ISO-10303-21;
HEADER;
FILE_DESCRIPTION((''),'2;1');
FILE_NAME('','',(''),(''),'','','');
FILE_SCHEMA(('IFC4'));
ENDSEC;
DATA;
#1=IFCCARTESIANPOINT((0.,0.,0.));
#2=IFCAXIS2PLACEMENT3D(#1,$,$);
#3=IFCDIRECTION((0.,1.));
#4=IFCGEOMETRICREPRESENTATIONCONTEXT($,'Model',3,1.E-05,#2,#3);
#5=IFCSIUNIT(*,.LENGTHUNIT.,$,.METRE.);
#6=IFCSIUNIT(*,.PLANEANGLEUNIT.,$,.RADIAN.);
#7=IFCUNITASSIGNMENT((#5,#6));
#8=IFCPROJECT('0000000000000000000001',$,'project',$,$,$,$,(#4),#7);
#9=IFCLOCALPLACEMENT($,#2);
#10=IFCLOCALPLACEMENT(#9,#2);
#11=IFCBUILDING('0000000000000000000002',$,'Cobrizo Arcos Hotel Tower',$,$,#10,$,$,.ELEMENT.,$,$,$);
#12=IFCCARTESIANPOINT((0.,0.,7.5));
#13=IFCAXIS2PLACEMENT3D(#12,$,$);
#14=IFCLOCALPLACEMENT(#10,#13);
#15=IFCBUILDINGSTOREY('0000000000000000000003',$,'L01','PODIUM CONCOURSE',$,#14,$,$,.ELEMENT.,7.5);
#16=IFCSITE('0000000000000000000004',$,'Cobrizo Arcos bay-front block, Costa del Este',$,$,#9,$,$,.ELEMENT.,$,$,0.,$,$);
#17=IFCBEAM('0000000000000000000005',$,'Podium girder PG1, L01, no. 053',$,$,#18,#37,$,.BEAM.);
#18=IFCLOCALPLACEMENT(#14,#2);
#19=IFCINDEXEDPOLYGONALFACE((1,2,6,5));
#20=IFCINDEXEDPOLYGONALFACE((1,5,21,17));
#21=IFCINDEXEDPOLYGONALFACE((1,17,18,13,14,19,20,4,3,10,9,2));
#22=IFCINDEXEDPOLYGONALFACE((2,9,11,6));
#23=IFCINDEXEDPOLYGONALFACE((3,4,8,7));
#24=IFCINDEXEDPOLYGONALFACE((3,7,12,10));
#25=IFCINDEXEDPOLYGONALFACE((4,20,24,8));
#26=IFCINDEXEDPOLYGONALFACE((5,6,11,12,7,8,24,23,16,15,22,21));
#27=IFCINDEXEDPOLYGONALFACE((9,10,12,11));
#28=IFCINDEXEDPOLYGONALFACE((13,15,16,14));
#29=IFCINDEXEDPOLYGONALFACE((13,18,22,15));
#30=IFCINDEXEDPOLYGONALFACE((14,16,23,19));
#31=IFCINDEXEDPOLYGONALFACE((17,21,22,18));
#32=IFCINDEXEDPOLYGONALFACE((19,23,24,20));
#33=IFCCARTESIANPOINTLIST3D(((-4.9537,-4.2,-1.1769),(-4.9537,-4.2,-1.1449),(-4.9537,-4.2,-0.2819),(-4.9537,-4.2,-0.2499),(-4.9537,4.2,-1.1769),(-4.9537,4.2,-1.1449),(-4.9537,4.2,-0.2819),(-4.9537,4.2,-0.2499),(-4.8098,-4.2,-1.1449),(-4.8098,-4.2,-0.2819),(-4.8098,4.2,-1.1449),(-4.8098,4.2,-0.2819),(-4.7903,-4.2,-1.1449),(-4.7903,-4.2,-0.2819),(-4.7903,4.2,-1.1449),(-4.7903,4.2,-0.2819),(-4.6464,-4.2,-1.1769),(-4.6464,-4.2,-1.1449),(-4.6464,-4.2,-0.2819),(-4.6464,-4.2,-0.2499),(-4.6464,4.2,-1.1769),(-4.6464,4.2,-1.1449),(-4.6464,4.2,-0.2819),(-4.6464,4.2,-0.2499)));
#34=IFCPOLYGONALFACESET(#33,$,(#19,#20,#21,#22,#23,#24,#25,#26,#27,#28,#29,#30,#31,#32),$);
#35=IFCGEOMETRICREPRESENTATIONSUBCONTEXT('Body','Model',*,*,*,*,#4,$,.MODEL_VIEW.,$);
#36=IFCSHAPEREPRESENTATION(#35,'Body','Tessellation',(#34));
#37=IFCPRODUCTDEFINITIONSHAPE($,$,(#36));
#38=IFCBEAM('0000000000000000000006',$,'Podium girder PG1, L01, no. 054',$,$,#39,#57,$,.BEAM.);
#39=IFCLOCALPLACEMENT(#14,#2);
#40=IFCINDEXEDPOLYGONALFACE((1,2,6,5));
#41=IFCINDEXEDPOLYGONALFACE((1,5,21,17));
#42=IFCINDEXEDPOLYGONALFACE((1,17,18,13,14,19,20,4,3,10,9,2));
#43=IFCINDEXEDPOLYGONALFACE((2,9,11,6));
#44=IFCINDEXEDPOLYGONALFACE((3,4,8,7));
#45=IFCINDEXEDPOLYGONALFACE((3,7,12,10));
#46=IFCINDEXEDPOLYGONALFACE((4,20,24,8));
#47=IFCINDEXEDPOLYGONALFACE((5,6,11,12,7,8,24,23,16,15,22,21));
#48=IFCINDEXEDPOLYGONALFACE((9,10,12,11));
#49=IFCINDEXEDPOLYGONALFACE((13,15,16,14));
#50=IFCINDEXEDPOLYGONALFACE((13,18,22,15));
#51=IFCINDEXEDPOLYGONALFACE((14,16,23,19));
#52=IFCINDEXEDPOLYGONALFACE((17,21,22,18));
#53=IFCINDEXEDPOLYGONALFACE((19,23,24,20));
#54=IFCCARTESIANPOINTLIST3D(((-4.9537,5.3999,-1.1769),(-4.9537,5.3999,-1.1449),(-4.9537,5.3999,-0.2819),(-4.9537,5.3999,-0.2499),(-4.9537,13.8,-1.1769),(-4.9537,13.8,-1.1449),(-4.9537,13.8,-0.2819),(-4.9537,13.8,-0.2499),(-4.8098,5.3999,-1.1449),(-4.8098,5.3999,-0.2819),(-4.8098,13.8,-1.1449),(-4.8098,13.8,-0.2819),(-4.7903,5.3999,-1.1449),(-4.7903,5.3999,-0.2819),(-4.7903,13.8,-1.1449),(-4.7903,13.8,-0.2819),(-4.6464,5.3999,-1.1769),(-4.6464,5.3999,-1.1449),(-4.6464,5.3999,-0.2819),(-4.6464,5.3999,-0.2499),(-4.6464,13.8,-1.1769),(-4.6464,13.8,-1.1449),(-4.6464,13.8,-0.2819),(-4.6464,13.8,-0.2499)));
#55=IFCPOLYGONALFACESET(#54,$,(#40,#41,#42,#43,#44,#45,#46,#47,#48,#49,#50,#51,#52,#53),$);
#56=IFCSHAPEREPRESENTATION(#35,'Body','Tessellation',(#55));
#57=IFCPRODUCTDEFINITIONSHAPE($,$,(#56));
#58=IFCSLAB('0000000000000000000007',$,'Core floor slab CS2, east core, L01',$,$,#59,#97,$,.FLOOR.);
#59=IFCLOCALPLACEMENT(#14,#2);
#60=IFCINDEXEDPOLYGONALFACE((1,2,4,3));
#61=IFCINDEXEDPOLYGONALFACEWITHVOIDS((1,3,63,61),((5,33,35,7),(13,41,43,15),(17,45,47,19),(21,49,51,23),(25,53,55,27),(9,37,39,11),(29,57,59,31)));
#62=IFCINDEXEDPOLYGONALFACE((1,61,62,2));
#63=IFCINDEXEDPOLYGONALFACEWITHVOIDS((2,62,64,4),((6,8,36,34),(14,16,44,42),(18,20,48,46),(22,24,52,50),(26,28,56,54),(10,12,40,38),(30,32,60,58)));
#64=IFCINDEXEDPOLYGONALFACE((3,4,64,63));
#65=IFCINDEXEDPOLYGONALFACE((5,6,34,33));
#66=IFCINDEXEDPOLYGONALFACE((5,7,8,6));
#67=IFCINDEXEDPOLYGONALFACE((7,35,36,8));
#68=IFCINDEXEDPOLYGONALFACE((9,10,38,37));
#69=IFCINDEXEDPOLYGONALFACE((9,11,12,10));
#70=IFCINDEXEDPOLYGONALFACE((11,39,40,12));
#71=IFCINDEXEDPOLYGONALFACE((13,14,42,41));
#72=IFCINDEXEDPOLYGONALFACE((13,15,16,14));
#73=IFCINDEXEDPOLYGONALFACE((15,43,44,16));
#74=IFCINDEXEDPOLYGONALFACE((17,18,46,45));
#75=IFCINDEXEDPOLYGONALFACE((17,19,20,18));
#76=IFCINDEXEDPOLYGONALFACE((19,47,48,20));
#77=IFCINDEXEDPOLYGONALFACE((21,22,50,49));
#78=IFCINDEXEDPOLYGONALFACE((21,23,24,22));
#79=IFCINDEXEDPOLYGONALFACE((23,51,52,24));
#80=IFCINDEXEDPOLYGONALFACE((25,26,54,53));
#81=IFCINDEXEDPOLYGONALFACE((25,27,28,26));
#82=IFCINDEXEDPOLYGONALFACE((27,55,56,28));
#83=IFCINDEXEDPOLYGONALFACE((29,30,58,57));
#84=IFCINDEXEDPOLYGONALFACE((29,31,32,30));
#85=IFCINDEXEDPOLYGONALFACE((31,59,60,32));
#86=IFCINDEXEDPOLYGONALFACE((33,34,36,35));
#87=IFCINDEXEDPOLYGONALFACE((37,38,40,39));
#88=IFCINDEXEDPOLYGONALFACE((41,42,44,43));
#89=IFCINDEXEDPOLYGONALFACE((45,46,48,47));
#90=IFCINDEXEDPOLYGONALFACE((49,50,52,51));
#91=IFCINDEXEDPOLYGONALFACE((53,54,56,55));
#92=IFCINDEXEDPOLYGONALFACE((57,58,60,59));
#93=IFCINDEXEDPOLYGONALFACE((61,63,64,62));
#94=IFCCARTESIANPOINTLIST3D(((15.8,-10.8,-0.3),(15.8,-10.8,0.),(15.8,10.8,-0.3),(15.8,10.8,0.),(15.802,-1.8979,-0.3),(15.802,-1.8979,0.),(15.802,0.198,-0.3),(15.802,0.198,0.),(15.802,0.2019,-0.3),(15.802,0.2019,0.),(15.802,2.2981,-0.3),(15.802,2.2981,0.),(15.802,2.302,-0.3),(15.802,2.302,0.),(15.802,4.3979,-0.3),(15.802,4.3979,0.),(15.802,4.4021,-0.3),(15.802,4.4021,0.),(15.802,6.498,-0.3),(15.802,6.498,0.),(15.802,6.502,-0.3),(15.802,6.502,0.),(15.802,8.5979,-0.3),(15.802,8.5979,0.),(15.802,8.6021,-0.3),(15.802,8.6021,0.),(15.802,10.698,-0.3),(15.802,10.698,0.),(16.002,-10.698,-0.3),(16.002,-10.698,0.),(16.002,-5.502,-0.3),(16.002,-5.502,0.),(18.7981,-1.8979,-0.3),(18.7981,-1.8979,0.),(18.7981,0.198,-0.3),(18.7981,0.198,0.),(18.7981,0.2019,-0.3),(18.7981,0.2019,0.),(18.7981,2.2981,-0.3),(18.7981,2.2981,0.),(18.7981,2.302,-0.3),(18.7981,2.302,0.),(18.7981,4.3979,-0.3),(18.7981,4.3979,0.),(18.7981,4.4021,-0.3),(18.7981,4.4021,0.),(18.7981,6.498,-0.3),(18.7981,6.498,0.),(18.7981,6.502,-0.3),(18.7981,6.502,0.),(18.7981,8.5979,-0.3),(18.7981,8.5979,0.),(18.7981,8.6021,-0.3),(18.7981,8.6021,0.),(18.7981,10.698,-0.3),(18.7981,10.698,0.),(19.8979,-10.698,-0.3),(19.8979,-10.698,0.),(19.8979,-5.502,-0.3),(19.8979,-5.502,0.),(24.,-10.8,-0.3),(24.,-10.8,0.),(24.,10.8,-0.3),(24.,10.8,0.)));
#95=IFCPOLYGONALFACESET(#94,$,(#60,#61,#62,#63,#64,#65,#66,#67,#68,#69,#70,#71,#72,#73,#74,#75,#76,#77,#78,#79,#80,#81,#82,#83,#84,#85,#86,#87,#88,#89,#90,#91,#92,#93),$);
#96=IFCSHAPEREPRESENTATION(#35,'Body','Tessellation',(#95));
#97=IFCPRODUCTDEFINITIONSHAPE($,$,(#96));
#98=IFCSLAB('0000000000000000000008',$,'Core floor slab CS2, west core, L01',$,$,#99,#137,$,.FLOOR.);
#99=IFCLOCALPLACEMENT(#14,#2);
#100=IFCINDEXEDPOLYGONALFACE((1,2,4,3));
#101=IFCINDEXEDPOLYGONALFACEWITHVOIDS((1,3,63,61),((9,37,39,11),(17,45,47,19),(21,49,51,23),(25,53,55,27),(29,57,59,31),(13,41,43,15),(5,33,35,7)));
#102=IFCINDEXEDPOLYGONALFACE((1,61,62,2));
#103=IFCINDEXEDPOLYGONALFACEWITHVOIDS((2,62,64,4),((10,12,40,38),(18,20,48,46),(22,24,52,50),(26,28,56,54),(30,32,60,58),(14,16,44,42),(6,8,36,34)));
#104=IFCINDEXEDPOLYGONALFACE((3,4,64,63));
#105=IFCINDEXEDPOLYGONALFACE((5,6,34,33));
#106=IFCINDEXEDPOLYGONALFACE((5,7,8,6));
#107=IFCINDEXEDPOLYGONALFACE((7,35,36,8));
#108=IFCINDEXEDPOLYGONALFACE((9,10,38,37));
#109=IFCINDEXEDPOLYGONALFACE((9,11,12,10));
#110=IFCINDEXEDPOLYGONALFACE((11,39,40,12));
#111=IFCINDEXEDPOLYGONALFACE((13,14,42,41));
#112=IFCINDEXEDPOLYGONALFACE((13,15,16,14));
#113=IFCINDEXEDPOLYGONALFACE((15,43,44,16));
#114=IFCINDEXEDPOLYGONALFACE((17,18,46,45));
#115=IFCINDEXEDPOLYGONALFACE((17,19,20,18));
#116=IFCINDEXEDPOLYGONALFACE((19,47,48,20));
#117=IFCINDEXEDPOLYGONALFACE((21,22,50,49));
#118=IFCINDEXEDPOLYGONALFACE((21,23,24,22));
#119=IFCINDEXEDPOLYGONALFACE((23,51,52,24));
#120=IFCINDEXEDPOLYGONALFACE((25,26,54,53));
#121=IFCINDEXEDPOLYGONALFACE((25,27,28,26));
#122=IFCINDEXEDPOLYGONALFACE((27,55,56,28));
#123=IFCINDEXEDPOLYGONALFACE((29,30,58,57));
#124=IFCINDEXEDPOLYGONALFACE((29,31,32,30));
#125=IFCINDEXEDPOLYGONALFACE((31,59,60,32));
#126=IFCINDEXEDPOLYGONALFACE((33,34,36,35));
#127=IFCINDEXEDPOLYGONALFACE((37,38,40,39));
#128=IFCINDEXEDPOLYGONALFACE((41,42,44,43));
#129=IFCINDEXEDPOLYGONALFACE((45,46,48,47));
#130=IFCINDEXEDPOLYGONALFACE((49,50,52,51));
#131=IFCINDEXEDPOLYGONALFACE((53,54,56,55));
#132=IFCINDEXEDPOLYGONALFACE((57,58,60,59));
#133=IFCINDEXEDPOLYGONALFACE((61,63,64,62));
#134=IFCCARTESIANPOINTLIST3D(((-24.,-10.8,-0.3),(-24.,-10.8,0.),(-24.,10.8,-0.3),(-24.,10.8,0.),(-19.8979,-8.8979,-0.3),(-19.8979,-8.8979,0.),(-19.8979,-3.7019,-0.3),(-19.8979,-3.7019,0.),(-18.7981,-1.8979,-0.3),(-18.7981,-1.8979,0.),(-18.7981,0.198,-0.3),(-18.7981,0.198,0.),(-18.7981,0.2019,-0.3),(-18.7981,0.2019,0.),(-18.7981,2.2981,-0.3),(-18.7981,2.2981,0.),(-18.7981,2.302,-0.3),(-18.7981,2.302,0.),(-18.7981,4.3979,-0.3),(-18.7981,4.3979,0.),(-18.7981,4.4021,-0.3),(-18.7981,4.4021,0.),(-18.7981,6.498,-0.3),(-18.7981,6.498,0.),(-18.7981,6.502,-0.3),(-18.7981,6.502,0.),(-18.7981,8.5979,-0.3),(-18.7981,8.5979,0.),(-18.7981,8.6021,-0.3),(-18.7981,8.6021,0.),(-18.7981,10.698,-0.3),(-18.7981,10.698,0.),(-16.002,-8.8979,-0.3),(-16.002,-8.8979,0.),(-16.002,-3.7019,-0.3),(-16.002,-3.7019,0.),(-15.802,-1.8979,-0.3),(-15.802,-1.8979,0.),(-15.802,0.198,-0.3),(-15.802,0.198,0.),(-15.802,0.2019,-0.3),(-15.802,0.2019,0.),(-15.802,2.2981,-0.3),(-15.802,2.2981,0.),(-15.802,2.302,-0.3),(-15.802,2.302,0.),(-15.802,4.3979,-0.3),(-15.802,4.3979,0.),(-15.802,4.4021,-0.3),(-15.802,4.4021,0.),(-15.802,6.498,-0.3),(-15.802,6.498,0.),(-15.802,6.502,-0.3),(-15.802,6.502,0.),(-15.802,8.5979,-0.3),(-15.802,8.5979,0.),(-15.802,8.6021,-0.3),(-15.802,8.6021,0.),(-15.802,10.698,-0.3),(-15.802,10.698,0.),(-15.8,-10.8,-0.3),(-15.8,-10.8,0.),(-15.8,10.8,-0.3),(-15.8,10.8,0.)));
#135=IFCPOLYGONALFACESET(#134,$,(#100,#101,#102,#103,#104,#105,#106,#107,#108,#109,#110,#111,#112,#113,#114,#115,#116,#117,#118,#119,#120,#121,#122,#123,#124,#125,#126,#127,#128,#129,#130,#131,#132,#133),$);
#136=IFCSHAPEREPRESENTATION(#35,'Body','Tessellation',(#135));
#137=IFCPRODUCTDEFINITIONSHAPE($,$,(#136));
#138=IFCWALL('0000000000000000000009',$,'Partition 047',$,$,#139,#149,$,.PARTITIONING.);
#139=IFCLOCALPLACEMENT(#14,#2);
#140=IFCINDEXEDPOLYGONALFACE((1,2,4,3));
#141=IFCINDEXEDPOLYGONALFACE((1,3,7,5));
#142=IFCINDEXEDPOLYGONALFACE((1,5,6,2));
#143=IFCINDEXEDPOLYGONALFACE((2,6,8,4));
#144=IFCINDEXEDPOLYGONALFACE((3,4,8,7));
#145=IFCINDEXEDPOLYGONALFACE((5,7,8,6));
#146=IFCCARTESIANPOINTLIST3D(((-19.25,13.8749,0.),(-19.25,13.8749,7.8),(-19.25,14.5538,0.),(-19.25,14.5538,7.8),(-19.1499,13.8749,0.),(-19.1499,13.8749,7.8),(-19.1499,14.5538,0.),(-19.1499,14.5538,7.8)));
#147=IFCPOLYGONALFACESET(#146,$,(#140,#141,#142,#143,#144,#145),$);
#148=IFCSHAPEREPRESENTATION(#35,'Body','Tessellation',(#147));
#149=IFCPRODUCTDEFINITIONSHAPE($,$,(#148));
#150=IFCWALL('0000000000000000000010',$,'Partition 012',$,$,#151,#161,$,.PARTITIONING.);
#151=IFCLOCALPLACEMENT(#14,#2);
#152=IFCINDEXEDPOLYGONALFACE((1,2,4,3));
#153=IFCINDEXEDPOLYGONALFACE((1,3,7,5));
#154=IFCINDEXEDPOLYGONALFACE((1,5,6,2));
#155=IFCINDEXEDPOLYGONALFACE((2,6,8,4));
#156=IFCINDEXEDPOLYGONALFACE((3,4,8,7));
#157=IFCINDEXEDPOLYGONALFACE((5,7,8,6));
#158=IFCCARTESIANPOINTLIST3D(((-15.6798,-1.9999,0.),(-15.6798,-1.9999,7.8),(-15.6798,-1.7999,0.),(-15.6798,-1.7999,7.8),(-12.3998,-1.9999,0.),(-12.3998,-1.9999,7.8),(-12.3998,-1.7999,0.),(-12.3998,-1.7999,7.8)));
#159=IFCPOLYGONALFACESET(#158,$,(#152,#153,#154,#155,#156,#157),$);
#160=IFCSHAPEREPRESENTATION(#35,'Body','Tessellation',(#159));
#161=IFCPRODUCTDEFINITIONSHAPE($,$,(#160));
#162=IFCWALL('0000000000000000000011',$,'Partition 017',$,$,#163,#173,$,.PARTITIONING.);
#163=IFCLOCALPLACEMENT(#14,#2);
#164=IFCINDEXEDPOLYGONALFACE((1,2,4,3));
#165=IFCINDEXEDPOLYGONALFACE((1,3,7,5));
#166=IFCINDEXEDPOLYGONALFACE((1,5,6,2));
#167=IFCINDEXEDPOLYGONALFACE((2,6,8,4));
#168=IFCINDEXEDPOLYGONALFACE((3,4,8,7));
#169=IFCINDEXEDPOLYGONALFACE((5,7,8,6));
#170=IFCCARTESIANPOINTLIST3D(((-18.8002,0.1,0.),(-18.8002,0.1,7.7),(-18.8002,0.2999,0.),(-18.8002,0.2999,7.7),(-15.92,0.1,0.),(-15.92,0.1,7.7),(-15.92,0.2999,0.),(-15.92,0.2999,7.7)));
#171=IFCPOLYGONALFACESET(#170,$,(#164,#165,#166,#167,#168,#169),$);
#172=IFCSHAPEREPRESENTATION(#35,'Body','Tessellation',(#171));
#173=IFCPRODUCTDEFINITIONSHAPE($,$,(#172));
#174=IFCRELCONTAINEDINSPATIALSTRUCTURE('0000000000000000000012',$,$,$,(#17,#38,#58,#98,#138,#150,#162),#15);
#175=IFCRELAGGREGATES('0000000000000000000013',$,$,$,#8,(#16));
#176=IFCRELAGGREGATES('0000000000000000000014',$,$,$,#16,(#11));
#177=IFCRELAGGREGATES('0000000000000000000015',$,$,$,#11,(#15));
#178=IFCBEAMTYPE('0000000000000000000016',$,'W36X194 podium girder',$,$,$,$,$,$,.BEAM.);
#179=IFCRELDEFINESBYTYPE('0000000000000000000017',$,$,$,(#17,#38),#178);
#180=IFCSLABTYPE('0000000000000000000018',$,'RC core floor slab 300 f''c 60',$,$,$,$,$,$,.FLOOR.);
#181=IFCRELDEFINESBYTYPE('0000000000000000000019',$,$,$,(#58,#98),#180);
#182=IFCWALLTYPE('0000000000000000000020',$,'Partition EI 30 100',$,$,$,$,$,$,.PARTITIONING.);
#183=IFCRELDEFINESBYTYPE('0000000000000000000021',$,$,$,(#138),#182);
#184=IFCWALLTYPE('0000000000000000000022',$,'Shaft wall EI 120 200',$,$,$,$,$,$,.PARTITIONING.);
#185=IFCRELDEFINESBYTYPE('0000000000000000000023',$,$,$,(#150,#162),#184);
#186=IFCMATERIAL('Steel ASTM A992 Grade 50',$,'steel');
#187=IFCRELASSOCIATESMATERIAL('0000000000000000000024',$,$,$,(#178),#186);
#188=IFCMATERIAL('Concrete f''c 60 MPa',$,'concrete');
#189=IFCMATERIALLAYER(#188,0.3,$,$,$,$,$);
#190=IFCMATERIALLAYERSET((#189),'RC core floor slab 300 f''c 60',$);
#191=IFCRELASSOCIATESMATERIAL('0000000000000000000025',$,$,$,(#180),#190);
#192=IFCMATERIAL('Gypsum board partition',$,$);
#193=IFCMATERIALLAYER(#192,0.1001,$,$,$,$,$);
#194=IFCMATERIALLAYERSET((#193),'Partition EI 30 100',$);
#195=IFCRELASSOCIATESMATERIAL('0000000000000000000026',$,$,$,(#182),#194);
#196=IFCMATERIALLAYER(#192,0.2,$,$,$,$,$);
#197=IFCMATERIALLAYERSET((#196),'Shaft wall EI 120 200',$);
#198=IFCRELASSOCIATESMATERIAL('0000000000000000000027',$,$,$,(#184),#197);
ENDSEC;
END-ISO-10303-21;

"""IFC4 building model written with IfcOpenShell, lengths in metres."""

from ifc_helpers import new_model, si_unit, direction, frame, frame_2d, origin, origin_2d, place, context, subcontext, project, spatial, polyline, rectangle, i_section, outline, extrude, material, layer, layer_set, material_profile, profile_set, type_object, element, save


model = new_model("IFC4")

# Units and contexts
model_context = context("Model", 3, precision=1e-05, world=origin(), true_north=direction((0.0, 1.0)))
body_context = subcontext(model_context, "Body", "Model", "MODEL_VIEW")
ifc_project = project(units=[si_unit("LENGTHUNIT", "METRE"), si_unit("PLANEANGLEUNIT", "RADIAN")], contexts=[model_context])

# Site, building, storey
site_placement = place(None, origin())
site = spatial("IfcSite", under=ifc_project, at=site_placement, Name="Cobrizo Arcos bay-front block, Costa del Este", CompositionType="ELEMENT", RefElevation=0.0)
building_placement = place(site_placement, origin())
building = spatial("IfcBuilding", under=site, at=building_placement, Name="Cobrizo Arcos Hotel Tower", CompositionType="ELEMENT")
storey_placement = place(building_placement, frame((0.0, 0.0, 7.5)))
storey = spatial("IfcBuildingStorey", under=building, at=storey_placement, Name="L01", Description="PODIUM CONCOURSE", CompositionType="ELEMENT", Elevation=7.5)

# Beams
ifc_material_1 = material(Name="Steel ASTM A992 Grade 50", Category="steel")
ifc_material_profile_1 = material_profile(ifc_material_1, i_section(OverallWidth=0.3074, OverallDepth=0.927, WebThickness=0.0195, FlangeThickness=0.032, at=origin_2d()), Name="W36X194")
ifc_profile_set_1 = profile_set([ifc_material_profile_1], Name="Steel ASTM A992 Grade 50")
beam_type_1 = type_object("IfcBeamType", Name="W36X194 podium girder", PredefinedType="BEAM", material=ifc_profile_set_1)
beam_1_placement = place(storey_placement, frame((-4.8, -4.2, -0.7134), z_axis=(0.0, 1.0, 0.0), x_axis=(-1.0, 0.0, 0.0)))
element("IfcBeam", 1, at=beam_1_placement, inside=storey, type_object=beam_type_1, Name="Podium girder PG1, L01, no. 053", PredefinedType="BEAM", context=body_context, shape_type="SweptSolid", body=[
    extrude(i_section(OverallWidth=0.3074, OverallDepth=0.927, WebThickness=0.0195, FlangeThickness=0.032, at=origin_2d()), origin(), (0.0, 0.0, 1.0), 8.3999),
])
beam_2_placement = place(storey_placement, frame((-4.8, 5.3999, -0.7134), z_axis=(0.0, 1.0, 0.0), x_axis=(-1.0, 0.0, 0.0)))
element("IfcBeam", 2, at=beam_2_placement, inside=storey, type_object=beam_type_1, Name="Podium girder PG1, L01, no. 054", PredefinedType="BEAM", context=body_context, shape_type="SweptSolid", body=[
    extrude(i_section(OverallWidth=0.3074, OverallDepth=0.927, WebThickness=0.0195, FlangeThickness=0.032, at=origin_2d()), origin(), (0.0, 0.0, 1.0), 8.4001),
])

# Slabs
ifc_material_2 = material(Name="Concrete f'c 60 MPa", Category="concrete")
ifc_layer_1 = layer(ifc_material_2, 0.3)
ifc_layer_set_1 = layer_set([ifc_layer_1], Name="RC core floor slab 300 f'c 60")
slab_type_1 = type_object("IfcSlabType", Name="RC core floor slab 300 f'c 60", PredefinedType="FLOOR", material=ifc_layer_set_1)
slab_1_placement = place(storey_placement, frame((0.0, 0.0, -0.3)))
element("IfcSlab", 3, at=slab_1_placement, inside=storey, type_object=slab_type_1, Name="Core floor slab CS2, east core, L01", PredefinedType="FLOOR", context=body_context, shape_type="SweptSolid", body=[
    extrude(outline(polyline([(15.8, 10.8), (24.0, 10.8), (24.0, -10.8), (15.8, -10.8), (15.8, 10.8)]), holes=[polyline([(19.8979, -10.698), (19.8979, -5.502), (16.002, -5.502), (16.002, -10.698), (19.8979, -10.698)]), polyline([(15.802, 0.198), (15.802, -1.8979), (18.7981, -1.8979), (18.7981, 0.198), (15.802, 0.198)]), polyline([(18.7981, 2.2981), (15.802, 2.2981), (15.802, 0.2019), (18.7981, 0.2019), (18.7981, 2.2981)]), polyline([(18.7981, 4.3979), (15.802, 4.3979), (15.802, 2.302), (18.7981, 2.302), (18.7981, 4.3979)]), polyline([(15.802, 6.498), (15.802, 4.4021), (18.7981, 4.4021), (18.7981, 6.498), (15.802, 6.498)]), polyline([(18.7981, 8.5979), (15.802, 8.5979), (15.802, 6.502), (18.7981, 6.502), (18.7981, 8.5979)]), polyline([(18.7981, 10.698), (15.802, 10.698), (15.802, 8.6021), (18.7981, 8.6021), (18.7981, 10.698)])]), origin(), (0.0, 0.0, 1.0), 0.3),
])
slab_2_placement = place(storey_placement, frame((0.0, 0.0, -0.3)))
element("IfcSlab", 4, at=slab_2_placement, inside=storey, type_object=slab_type_1, Name="Core floor slab CS2, west core, L01", PredefinedType="FLOOR", context=body_context, shape_type="SweptSolid", body=[
    extrude(outline(polyline([(-24.0, 10.8), (-15.8, 10.8), (-15.8, -10.8), (-24.0, -10.8), (-24.0, 10.8)]), holes=[polyline([(-19.8979, -3.7019), (-19.8979, -8.8979), (-16.002, -8.8979), (-16.002, -3.7019), (-19.8979, -3.7019)]), polyline([(-18.7981, 0.198), (-18.7981, -1.8979), (-15.802, -1.8979), (-15.802, 0.198), (-18.7981, 0.198)]), polyline([(-15.802, 2.2981), (-18.7981, 2.2981), (-18.7981, 0.2019), (-15.802, 0.2019), (-15.802, 2.2981)]), polyline([(-15.802, 4.3979), (-18.7981, 4.3979), (-18.7981, 2.302), (-15.802, 2.302), (-15.802, 4.3979)]), polyline([(-18.7981, 6.498), (-18.7981, 4.4021), (-15.802, 4.4021), (-15.802, 6.498), (-18.7981, 6.498)]), polyline([(-15.802, 8.5979), (-18.7981, 8.5979), (-18.7981, 6.502), (-15.802, 6.502), (-15.802, 8.5979)]), polyline([(-15.802, 10.698), (-18.7981, 10.698), (-18.7981, 8.6021), (-15.802, 8.6021), (-15.802, 10.698)])]), origin(), (0.0, 0.0, 1.0), 0.3),
])

# Walls
ifc_material_3 = material(Name="Gypsum board partition")
ifc_layer_2 = layer(ifc_material_3, 0.1001)
ifc_layer_set_2 = layer_set([ifc_layer_2], Name="Partition EI 30 100")
wall_type_1 = type_object("IfcWallType", Name="Partition EI 30 100", PredefinedType="PARTITIONING", material=ifc_layer_set_2)
wall_1_placement = place(storey_placement, frame((-19.2, 13.875, 0.0), z_axis=(0.0, 0.0, 1.0), x_axis=(0.0, 1.0, 0.0)))
element("IfcWall", 5, at=wall_1_placement, inside=storey, type_object=wall_type_1, Name="Partition 047", PredefinedType="PARTITIONING", context=body_context, shape_type="SweptSolid", body=[
    extrude(rectangle(XDim=0.679, YDim=0.1001, at=frame_2d((0.3394, 0.0))), origin(), (0.0, 0.0, 1.0), 7.8),
])
ifc_layer_3 = layer(ifc_material_3, 0.2)
ifc_layer_set_3 = layer_set([ifc_layer_3], Name="Shaft wall EI 120 200")
wall_type_2 = type_object("IfcWallType", Name="Shaft wall EI 120 200", PredefinedType="PARTITIONING", material=ifc_layer_set_3)
wall_2_placement = place(storey_placement, frame((-15.6799, -1.8999, 0.0), z_axis=(0.0, 0.0, 1.0), x_axis=(1.0, 0.0, 0.0)))
element("IfcWall", 6, at=wall_2_placement, inside=storey, type_object=wall_type_2, Name="Partition 012", PredefinedType="PARTITIONING", context=body_context, shape_type="SweptSolid", body=[
    extrude(rectangle(XDim=3.28, YDim=0.2, at=frame_2d((1.6401, 0.0))), origin(), (0.0, 0.0, 1.0), 7.8),
])
for number, where, z_axis, x_axis, name in (
    (7, (-18.8, 0.2, 0.0), (0.0, 0.0, 1.0), (1.0, 0.0, 0.0), "Partition 017"),
):
    element("IfcWall", number, at=place(storey_placement, frame(where, z_axis=z_axis, x_axis=x_axis)), inside=storey, type_object=wall_type_2, Name=name, PredefinedType="PARTITIONING", context=body_context, shape_type="SweptSolid", body=[
        extrude(rectangle(XDim=2.8801, YDim=0.2, at=frame_2d((1.4399, 0.0))), origin(), (0.0, 0.0, 1.0), 7.7),
    ])

save(model, "model.ifc")
